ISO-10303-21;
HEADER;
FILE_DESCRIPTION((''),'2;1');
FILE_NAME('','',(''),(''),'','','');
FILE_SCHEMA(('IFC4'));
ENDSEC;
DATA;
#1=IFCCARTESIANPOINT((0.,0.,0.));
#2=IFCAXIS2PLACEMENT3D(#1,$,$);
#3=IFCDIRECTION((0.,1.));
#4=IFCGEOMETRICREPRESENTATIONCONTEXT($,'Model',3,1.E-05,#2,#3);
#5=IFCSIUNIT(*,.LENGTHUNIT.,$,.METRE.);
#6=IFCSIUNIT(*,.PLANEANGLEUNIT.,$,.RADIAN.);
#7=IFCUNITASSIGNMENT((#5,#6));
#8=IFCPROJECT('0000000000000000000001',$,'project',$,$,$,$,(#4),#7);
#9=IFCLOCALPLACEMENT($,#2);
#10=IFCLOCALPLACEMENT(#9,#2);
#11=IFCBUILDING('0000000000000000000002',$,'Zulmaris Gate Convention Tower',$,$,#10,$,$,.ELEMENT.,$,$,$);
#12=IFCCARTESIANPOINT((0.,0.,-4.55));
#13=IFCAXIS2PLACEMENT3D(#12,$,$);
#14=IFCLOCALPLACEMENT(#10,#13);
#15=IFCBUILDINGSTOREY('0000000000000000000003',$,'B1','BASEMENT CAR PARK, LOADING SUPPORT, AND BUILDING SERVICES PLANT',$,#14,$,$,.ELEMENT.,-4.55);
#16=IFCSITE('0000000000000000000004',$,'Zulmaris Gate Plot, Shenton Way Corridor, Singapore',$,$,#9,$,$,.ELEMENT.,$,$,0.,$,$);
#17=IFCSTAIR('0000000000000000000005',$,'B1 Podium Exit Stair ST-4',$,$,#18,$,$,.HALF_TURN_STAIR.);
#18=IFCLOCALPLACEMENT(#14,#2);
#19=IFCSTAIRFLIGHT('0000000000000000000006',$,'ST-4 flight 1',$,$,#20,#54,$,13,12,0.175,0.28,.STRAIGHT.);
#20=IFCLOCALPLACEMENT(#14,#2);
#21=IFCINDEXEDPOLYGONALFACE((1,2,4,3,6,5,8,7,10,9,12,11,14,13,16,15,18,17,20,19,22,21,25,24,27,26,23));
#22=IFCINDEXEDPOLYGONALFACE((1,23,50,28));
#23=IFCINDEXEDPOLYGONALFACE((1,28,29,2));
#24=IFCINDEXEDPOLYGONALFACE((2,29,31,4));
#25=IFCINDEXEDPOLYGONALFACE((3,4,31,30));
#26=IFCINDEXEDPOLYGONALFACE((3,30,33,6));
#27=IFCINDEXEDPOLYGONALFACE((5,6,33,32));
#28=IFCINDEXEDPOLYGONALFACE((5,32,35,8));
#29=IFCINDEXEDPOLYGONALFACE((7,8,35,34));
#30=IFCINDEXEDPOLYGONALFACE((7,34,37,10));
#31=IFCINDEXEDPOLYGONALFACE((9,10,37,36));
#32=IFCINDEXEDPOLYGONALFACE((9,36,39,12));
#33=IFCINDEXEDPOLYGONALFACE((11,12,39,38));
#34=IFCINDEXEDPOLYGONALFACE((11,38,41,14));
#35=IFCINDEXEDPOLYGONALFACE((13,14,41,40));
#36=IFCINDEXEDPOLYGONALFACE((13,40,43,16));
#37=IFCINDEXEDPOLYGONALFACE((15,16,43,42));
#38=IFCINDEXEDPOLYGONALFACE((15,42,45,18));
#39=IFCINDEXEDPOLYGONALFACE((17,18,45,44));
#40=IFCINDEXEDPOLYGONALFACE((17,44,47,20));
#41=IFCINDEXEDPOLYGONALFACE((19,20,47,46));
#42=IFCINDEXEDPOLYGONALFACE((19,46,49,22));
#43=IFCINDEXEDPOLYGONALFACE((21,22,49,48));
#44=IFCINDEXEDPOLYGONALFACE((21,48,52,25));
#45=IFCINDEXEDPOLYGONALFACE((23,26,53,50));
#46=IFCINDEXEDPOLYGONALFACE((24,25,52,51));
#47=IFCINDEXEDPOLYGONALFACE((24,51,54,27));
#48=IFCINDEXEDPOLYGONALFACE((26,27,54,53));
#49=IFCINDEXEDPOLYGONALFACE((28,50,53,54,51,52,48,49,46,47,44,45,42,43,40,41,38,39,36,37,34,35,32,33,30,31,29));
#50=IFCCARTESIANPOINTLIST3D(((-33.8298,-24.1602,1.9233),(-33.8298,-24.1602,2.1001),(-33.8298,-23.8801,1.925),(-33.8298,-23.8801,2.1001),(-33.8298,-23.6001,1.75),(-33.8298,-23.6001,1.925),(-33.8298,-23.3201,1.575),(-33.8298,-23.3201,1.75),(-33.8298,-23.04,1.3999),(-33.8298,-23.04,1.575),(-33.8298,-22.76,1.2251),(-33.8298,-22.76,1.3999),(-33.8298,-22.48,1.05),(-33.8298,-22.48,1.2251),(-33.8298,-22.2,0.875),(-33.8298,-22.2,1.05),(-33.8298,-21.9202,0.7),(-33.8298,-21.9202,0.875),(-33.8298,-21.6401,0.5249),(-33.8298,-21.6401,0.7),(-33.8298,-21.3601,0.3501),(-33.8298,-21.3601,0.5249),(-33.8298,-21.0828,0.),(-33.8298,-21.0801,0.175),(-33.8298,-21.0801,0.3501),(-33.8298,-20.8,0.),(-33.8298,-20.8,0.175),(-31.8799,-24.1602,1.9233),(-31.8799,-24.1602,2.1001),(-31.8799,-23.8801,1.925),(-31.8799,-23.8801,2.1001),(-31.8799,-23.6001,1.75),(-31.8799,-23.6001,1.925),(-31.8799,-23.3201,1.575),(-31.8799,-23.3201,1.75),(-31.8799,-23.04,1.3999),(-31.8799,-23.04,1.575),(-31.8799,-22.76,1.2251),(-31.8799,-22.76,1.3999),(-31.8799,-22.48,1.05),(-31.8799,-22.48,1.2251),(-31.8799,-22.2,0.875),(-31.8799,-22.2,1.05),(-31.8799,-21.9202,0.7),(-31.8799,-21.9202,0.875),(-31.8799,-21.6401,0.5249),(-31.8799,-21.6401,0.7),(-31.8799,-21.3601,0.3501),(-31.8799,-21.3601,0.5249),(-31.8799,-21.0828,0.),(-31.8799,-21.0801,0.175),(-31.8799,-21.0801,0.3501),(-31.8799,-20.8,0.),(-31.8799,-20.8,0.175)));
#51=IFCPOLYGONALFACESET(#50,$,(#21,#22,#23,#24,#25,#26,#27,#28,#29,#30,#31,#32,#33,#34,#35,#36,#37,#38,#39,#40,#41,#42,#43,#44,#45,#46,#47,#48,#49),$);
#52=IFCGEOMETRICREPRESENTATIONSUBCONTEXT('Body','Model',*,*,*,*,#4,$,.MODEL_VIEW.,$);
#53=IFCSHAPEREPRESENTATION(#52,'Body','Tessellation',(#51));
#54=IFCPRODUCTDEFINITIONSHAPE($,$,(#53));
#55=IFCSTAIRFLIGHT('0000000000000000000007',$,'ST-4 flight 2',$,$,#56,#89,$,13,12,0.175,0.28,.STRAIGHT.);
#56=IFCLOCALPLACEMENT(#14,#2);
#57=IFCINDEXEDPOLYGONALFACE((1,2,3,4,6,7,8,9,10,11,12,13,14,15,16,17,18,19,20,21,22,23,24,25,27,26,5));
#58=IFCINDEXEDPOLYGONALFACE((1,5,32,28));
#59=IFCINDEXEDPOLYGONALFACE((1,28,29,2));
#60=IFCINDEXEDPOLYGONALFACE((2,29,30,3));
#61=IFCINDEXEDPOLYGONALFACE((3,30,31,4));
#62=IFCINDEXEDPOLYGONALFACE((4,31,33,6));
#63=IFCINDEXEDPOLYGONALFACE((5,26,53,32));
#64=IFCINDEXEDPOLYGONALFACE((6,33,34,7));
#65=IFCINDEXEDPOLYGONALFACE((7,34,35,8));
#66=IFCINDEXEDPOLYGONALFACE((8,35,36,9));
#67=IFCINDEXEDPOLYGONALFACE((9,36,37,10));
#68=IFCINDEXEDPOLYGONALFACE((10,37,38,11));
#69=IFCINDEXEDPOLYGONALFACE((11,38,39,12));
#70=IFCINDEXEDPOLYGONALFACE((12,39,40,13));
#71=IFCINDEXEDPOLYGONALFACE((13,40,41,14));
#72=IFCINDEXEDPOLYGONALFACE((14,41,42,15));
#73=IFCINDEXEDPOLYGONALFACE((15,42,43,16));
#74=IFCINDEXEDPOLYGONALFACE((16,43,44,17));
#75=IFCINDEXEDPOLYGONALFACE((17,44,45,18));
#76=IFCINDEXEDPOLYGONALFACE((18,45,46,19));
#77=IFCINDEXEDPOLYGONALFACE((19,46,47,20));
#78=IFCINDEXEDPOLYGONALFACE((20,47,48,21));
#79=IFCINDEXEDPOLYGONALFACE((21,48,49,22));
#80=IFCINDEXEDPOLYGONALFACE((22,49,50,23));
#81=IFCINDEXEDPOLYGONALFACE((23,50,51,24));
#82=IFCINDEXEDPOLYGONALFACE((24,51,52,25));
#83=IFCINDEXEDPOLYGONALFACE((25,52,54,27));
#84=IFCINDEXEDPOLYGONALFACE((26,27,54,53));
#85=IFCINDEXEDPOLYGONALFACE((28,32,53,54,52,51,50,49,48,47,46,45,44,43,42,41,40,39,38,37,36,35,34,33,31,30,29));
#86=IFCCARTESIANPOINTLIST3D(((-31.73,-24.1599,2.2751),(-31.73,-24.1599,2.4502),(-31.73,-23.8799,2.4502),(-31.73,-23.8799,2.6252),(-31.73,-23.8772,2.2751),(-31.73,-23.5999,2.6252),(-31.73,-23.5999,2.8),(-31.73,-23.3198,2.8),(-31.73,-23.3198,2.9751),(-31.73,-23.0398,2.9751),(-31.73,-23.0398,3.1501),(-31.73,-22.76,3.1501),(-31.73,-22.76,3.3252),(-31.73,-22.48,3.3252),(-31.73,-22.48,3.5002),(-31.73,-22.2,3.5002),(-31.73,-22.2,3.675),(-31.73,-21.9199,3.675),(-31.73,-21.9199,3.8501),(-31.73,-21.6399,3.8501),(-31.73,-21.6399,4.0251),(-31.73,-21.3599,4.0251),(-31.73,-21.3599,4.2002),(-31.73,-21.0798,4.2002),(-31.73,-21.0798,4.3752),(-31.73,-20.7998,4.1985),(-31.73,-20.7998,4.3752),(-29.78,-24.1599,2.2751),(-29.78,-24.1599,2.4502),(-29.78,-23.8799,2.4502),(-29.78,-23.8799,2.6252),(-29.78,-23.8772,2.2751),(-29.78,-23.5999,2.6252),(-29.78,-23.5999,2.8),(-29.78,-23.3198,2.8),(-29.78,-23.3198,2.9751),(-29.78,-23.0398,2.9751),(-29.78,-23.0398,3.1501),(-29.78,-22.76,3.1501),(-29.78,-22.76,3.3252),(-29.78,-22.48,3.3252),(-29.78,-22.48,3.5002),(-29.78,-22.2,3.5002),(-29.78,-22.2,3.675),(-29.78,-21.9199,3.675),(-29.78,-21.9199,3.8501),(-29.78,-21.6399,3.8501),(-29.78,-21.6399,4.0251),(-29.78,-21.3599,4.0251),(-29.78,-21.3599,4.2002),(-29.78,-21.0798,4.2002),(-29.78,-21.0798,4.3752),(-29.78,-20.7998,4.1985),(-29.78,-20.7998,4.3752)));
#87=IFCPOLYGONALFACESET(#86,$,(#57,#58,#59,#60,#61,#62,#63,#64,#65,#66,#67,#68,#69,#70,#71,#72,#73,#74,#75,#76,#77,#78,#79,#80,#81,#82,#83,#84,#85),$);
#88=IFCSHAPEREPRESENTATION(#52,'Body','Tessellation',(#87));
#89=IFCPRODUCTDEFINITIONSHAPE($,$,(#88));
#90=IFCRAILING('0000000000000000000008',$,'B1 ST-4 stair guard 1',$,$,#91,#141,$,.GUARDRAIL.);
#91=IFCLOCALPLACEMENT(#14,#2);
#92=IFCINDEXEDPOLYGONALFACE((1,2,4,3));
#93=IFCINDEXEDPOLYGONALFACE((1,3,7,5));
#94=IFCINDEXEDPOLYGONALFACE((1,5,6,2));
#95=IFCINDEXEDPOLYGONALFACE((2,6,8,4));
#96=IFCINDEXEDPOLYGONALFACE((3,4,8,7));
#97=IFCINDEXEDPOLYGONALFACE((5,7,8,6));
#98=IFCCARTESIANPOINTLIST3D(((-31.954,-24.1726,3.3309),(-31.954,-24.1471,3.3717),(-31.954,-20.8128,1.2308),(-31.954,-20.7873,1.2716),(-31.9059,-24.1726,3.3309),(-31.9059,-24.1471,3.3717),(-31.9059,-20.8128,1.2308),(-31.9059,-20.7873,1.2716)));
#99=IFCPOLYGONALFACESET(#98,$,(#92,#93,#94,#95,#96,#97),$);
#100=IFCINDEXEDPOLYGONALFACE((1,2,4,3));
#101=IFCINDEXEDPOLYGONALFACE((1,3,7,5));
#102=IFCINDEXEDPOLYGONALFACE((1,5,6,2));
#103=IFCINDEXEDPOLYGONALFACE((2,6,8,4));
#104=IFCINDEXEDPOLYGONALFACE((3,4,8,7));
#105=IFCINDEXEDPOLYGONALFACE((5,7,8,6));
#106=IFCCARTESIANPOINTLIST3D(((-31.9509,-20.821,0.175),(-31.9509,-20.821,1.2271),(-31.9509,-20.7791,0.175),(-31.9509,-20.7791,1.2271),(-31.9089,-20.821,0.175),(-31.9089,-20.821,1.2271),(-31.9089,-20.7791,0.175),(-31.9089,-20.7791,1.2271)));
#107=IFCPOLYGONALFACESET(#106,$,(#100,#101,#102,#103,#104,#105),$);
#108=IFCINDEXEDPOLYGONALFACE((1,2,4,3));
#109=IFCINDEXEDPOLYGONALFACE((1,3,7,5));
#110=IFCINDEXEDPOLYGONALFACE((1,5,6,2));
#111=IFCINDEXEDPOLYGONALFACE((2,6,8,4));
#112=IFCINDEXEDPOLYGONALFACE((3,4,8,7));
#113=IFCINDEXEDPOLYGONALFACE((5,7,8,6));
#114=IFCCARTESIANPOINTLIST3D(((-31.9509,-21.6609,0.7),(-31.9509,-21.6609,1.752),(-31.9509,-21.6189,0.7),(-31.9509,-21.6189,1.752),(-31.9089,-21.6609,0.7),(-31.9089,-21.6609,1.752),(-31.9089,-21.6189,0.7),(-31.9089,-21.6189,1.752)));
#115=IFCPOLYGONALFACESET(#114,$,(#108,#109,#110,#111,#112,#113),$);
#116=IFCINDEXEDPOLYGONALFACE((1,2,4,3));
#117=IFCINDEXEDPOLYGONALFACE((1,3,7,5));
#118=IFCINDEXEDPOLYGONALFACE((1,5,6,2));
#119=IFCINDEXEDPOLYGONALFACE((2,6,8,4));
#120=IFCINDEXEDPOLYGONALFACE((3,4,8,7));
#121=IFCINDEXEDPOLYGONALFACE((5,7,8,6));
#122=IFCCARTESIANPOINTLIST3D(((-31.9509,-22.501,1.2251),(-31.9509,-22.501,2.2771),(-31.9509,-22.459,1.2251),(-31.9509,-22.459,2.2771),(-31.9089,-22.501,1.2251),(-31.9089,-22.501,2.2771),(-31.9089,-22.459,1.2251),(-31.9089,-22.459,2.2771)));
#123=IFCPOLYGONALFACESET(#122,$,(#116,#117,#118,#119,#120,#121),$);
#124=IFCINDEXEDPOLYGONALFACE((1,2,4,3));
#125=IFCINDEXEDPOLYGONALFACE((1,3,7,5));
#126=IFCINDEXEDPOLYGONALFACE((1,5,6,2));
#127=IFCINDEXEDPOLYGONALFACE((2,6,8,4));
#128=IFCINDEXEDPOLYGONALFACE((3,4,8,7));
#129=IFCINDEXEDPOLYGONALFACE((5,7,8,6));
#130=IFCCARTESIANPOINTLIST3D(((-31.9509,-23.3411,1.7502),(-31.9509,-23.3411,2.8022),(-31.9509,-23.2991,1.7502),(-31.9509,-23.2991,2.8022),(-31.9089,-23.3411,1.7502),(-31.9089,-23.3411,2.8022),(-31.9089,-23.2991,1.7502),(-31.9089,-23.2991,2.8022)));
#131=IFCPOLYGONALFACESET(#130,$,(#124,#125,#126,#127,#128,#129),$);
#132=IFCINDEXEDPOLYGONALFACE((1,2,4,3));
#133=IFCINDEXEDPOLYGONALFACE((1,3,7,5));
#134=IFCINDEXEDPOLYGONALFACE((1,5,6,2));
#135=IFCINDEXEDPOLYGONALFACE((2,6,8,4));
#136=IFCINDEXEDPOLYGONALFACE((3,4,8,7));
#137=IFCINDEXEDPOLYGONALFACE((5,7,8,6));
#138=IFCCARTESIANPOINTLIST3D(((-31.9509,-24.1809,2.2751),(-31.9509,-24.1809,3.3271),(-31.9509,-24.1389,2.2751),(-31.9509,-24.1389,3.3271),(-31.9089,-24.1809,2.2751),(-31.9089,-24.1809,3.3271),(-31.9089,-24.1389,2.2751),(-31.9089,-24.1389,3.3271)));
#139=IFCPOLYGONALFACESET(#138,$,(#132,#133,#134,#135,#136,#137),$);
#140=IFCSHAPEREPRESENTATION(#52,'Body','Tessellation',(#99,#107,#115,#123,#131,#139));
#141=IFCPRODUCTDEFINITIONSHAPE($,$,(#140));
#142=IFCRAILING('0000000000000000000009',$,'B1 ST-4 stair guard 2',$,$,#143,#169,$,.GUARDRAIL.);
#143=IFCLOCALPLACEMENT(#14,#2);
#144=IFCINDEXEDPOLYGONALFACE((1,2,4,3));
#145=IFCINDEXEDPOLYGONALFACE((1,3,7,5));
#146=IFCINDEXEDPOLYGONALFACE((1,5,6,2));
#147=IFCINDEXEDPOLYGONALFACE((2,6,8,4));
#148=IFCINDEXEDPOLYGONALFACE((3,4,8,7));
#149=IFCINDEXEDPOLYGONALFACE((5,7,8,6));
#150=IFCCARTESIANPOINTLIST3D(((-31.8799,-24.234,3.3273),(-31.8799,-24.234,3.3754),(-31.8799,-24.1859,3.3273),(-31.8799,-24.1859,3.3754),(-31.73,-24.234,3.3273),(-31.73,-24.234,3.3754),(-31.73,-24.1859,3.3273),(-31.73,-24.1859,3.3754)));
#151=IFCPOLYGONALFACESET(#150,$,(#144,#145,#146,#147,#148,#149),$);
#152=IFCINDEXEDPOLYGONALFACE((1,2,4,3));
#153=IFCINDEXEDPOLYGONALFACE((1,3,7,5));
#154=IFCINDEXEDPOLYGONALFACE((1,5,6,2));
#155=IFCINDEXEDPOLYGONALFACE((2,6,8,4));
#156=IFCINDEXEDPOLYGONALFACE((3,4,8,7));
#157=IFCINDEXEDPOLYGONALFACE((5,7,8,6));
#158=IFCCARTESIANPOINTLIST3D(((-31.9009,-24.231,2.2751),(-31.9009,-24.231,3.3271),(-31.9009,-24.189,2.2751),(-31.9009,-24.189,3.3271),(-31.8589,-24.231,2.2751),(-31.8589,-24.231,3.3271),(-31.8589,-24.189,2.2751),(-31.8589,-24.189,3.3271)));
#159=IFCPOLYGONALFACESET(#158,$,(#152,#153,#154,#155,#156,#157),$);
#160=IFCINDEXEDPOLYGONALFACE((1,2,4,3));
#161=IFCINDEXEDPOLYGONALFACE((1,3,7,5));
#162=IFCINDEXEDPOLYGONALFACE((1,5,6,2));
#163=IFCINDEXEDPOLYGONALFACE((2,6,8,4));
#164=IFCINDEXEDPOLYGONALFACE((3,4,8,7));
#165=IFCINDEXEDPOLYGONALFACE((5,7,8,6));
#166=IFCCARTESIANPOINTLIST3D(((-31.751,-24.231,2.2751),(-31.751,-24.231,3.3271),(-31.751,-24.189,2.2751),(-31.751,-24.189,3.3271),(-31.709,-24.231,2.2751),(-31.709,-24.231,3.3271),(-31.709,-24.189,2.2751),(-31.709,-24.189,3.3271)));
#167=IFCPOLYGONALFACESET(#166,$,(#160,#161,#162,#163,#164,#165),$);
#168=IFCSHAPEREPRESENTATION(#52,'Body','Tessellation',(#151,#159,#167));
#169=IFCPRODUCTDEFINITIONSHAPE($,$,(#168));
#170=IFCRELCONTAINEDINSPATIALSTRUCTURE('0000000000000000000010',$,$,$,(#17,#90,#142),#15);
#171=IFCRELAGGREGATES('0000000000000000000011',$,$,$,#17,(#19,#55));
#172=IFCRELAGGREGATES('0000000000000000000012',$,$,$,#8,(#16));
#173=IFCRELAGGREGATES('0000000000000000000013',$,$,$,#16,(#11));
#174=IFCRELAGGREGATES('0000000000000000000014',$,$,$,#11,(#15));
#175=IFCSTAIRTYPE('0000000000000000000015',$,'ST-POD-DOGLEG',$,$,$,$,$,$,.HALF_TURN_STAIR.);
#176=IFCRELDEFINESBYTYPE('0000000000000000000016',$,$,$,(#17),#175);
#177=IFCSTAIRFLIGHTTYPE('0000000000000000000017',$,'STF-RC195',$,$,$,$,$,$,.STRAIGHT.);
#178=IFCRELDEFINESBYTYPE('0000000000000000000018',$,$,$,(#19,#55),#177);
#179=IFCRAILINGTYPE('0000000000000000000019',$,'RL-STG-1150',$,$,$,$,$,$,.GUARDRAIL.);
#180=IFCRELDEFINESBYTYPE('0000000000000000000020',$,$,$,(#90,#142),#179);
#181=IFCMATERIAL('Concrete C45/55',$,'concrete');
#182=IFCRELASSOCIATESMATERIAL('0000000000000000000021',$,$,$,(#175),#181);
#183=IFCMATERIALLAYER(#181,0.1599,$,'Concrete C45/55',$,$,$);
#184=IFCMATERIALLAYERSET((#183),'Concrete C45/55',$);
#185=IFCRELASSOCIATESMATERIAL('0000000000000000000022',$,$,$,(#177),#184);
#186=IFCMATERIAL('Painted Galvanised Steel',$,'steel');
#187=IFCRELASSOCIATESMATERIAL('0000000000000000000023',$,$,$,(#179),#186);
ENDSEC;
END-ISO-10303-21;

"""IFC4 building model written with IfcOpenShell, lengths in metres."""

from ifc_helpers import new_model, si_unit, direction, frame, origin, origin_2d, place, context, subcontext, project, spatial, polyline, rectangle, outline, extrude, material, layer, layer_set, type_object, element, aggregate, save


model = new_model("IFC4")

# Units and contexts
model_context = context("Model", 3, precision=1e-05, world=origin(), true_north=direction((0.0, 1.0)))
body_context = subcontext(model_context, "Body", "Model", "MODEL_VIEW")
ifc_project = project(units=[si_unit("LENGTHUNIT", "METRE"), si_unit("PLANEANGLEUNIT", "RADIAN")], contexts=[model_context])

# Site, building, storey
site_placement = place(None, origin())
site = spatial("IfcSite", under=ifc_project, at=site_placement, Name="Zulmaris Gate Plot, Shenton Way Corridor, Singapore", CompositionType="ELEMENT", RefElevation=0.0)
building_placement = place(site_placement, origin())
building = spatial("IfcBuilding", under=site, at=building_placement, Name="Zulmaris Gate Convention Tower", CompositionType="ELEMENT")
storey_placement = place(building_placement, frame((0.0, 0.0, -4.55)))
storey = spatial("IfcBuildingStorey", under=building, at=storey_placement, Name="B1", Description="BASEMENT CAR PARK, LOADING SUPPORT, AND BUILDING SERVICES PLANT", CompositionType="ELEMENT", Elevation=-4.55)

# Stair, stair flights
ifc_material_1 = material(Name="Concrete C45/55", Category="concrete")
stair_type = type_object("IfcStairType", Name="ST-POD-DOGLEG", PredefinedType="HALF_TURN_STAIR", material=ifc_material_1)
stair_placement = place(storey_placement, origin())
stair = element("IfcStair", 1, at=stair_placement, inside=storey, type_object=stair_type, Name="B1 Podium Exit Stair ST-4", PredefinedType="HALF_TURN_STAIR")
ifc_layer_1 = layer(ifc_material_1, 0.1599, Name="Concrete C45/55")
ifc_layer_set_1 = layer_set([ifc_layer_1], Name="Concrete C45/55")
stair_flight_type = type_object("IfcStairFlightType", Name="STF-RC195", PredefinedType="STRAIGHT", material=ifc_layer_set_1)
stair_flight_1_placement = place(storey_placement, frame((-32.855, -20.8, 0.0), z_axis=(0.0, 0.0, 1.0), x_axis=(0.0, -1.0, 0.0)))
stair_flight_1 = element("IfcStairFlight", 2, at=stair_flight_1_placement, type_object=stair_flight_type, Name="ST-4 flight 1", NumberOfRisers=13, NumberOfTreads=12, PredefinedType="STRAIGHT", RiserHeight=0.175, TreadLength=0.28, context=body_context, shape_type="SweptSolid", body=[
    extrude(outline(polyline([(0.0, 0.0), (0.0, 0.175), (0.28, 0.175), (0.28, 0.3501), (0.5601, 0.3501), (0.5601, 0.5249), (0.8401, 0.5249), (0.8401, 0.7), (1.1201, 0.7), (1.1201, 0.875), (1.3999, 0.875), (1.3999, 1.05), (1.6799, 1.05), (1.6799, 1.2251), (1.96, 1.2251), (1.96, 1.3999), (2.24, 1.3999), (2.24, 1.575), (2.52, 1.575), (2.52, 1.75), (2.8, 1.75), (2.8, 1.925), (3.0801, 1.925), (3.0801, 2.1001), (3.3601, 2.1001), (3.3601, 2.2749), (3.3601, 1.9233), (0.2827, 0.0), (0.0, 0.0)])), frame((0.0, 0.9751, 0.0), z_axis=(0.0, -1.0, 0.0), x_axis=(1.0, 0.0, 0.0)), (0.0, 0.0, 1.0), 1.95),
])
stair_flight_2_placement = place(storey_placement, frame((-30.7549, -24.1599, 2.2751), z_axis=(0.0, 0.0, 1.0), x_axis=(0.0, 1.0, 0.0)))
stair_flight_2 = element("IfcStairFlight", 3, at=stair_flight_2_placement, type_object=stair_flight_type, Name="ST-4 flight 2", NumberOfRisers=13, NumberOfTreads=12, PredefinedType="STRAIGHT", RiserHeight=0.175, TreadLength=0.28, context=body_context, shape_type="SweptSolid", body=[
    extrude(outline(polyline([(0.0, 0.0), (0.0, 0.175), (0.28, 0.175), (0.28, 0.3501), (0.5601, 0.3501), (0.5601, 0.5249), (0.8401, 0.5249), (0.8401, 0.7), (1.1201, 0.7), (1.1201, 0.875), (1.3999, 0.875), (1.3999, 1.05), (1.6799, 1.05), (1.6799, 1.2251), (1.96, 1.2251), (1.96, 1.3999), (2.24, 1.3999), (2.24, 1.575), (2.52, 1.575), (2.52, 1.75), (2.8, 1.75), (2.8, 1.925), (3.0801, 1.925), (3.0801, 2.1001), (3.3601, 2.1001), (3.3601, 2.2749), (3.3601, 1.9233), (0.2827, 0.0), (0.0, 0.0)])), frame((0.0, 0.9751, 0.0), z_axis=(0.0, -1.0, 0.0), x_axis=(1.0, 0.0, 0.0)), (0.0, 0.0, 1.0), 1.95),
])
aggregate(stair, [stair_flight_1, stair_flight_2])

# Railings
ifc_material_2 = material(Name="Painted Galvanised Steel", Category="steel")
railing_type_1 = type_object("IfcRailingType", Name="RL-STG-1150", PredefinedType="GUARDRAIL", material=ifc_material_2)
railing_1_placement = place(storey_placement, frame((-31.9299, -20.8, 0.175)))
element("IfcRailing", 4, at=railing_1_placement, inside=storey, type_object=railing_type_1, Name="B1 ST-4 stair guard 1", PredefinedType="GUARDRAIL", context=body_context, shape_type="SweptSolid", body=[
    extrude(rectangle(XDim=0.0481, YDim=0.0481, at=origin_2d()), frame((0.0, 0.0, 1.0762), z_axis=(0.0, -0.847978, 0.530032), x_axis=(1.0, 0.0, 0.0)), (0.0, 0.0, 1.0), 3.9622),
    extrude(rectangle(XDim=0.042, YDim=0.042, at=origin_2d()), origin(), (0.0, 0.0, 1.0), 1.052),
    extrude(rectangle(XDim=0.042, YDim=0.042, at=origin_2d()), frame((0.0, -0.8398, 0.5249)), (0.0, 0.0, 1.0), 1.052),
    extrude(rectangle(XDim=0.042, YDim=0.042, at=origin_2d()), frame((0.0, -1.6799, 1.05)), (0.0, 0.0, 1.0), 1.052),
    extrude(rectangle(XDim=0.042, YDim=0.042, at=origin_2d()), frame((0.0, -2.52, 1.5752)), (0.0, 0.0, 1.0), 1.052),
    extrude(rectangle(XDim=0.042, YDim=0.042, at=origin_2d()), frame((0.0, -3.3599, 2.1001)), (0.0, 0.0, 1.0), 1.052),
])
railing_2_placement = place(storey_placement, frame((-31.8799, -24.21, 2.2751)))
element("IfcRailing", 5, at=railing_2_placement, inside=storey, type_object=railing_type_1, Name="B1 ST-4 stair guard 2", PredefinedType="GUARDRAIL", context=body_context, shape_type="SweptSolid", body=[
    extrude(rectangle(XDim=0.0481, YDim=0.0481, at=origin_2d()), frame((0.0, 0.0, 1.0762), z_axis=(1.0, 0.0, 0.0), x_axis=(0.0, 1.0, 0.0)), (0.0, 0.0, 1.0), 0.1499),
    extrude(rectangle(XDim=0.042, YDim=0.042, at=origin_2d()), origin(), (0.0, 0.0, 1.0), 1.052),
    extrude(rectangle(XDim=0.042, YDim=0.042, at=origin_2d()), frame((0.1499, 0.0, 0.0)), (0.0, 0.0, 1.0), 1.052),
])

save(model, "model.ifc")
